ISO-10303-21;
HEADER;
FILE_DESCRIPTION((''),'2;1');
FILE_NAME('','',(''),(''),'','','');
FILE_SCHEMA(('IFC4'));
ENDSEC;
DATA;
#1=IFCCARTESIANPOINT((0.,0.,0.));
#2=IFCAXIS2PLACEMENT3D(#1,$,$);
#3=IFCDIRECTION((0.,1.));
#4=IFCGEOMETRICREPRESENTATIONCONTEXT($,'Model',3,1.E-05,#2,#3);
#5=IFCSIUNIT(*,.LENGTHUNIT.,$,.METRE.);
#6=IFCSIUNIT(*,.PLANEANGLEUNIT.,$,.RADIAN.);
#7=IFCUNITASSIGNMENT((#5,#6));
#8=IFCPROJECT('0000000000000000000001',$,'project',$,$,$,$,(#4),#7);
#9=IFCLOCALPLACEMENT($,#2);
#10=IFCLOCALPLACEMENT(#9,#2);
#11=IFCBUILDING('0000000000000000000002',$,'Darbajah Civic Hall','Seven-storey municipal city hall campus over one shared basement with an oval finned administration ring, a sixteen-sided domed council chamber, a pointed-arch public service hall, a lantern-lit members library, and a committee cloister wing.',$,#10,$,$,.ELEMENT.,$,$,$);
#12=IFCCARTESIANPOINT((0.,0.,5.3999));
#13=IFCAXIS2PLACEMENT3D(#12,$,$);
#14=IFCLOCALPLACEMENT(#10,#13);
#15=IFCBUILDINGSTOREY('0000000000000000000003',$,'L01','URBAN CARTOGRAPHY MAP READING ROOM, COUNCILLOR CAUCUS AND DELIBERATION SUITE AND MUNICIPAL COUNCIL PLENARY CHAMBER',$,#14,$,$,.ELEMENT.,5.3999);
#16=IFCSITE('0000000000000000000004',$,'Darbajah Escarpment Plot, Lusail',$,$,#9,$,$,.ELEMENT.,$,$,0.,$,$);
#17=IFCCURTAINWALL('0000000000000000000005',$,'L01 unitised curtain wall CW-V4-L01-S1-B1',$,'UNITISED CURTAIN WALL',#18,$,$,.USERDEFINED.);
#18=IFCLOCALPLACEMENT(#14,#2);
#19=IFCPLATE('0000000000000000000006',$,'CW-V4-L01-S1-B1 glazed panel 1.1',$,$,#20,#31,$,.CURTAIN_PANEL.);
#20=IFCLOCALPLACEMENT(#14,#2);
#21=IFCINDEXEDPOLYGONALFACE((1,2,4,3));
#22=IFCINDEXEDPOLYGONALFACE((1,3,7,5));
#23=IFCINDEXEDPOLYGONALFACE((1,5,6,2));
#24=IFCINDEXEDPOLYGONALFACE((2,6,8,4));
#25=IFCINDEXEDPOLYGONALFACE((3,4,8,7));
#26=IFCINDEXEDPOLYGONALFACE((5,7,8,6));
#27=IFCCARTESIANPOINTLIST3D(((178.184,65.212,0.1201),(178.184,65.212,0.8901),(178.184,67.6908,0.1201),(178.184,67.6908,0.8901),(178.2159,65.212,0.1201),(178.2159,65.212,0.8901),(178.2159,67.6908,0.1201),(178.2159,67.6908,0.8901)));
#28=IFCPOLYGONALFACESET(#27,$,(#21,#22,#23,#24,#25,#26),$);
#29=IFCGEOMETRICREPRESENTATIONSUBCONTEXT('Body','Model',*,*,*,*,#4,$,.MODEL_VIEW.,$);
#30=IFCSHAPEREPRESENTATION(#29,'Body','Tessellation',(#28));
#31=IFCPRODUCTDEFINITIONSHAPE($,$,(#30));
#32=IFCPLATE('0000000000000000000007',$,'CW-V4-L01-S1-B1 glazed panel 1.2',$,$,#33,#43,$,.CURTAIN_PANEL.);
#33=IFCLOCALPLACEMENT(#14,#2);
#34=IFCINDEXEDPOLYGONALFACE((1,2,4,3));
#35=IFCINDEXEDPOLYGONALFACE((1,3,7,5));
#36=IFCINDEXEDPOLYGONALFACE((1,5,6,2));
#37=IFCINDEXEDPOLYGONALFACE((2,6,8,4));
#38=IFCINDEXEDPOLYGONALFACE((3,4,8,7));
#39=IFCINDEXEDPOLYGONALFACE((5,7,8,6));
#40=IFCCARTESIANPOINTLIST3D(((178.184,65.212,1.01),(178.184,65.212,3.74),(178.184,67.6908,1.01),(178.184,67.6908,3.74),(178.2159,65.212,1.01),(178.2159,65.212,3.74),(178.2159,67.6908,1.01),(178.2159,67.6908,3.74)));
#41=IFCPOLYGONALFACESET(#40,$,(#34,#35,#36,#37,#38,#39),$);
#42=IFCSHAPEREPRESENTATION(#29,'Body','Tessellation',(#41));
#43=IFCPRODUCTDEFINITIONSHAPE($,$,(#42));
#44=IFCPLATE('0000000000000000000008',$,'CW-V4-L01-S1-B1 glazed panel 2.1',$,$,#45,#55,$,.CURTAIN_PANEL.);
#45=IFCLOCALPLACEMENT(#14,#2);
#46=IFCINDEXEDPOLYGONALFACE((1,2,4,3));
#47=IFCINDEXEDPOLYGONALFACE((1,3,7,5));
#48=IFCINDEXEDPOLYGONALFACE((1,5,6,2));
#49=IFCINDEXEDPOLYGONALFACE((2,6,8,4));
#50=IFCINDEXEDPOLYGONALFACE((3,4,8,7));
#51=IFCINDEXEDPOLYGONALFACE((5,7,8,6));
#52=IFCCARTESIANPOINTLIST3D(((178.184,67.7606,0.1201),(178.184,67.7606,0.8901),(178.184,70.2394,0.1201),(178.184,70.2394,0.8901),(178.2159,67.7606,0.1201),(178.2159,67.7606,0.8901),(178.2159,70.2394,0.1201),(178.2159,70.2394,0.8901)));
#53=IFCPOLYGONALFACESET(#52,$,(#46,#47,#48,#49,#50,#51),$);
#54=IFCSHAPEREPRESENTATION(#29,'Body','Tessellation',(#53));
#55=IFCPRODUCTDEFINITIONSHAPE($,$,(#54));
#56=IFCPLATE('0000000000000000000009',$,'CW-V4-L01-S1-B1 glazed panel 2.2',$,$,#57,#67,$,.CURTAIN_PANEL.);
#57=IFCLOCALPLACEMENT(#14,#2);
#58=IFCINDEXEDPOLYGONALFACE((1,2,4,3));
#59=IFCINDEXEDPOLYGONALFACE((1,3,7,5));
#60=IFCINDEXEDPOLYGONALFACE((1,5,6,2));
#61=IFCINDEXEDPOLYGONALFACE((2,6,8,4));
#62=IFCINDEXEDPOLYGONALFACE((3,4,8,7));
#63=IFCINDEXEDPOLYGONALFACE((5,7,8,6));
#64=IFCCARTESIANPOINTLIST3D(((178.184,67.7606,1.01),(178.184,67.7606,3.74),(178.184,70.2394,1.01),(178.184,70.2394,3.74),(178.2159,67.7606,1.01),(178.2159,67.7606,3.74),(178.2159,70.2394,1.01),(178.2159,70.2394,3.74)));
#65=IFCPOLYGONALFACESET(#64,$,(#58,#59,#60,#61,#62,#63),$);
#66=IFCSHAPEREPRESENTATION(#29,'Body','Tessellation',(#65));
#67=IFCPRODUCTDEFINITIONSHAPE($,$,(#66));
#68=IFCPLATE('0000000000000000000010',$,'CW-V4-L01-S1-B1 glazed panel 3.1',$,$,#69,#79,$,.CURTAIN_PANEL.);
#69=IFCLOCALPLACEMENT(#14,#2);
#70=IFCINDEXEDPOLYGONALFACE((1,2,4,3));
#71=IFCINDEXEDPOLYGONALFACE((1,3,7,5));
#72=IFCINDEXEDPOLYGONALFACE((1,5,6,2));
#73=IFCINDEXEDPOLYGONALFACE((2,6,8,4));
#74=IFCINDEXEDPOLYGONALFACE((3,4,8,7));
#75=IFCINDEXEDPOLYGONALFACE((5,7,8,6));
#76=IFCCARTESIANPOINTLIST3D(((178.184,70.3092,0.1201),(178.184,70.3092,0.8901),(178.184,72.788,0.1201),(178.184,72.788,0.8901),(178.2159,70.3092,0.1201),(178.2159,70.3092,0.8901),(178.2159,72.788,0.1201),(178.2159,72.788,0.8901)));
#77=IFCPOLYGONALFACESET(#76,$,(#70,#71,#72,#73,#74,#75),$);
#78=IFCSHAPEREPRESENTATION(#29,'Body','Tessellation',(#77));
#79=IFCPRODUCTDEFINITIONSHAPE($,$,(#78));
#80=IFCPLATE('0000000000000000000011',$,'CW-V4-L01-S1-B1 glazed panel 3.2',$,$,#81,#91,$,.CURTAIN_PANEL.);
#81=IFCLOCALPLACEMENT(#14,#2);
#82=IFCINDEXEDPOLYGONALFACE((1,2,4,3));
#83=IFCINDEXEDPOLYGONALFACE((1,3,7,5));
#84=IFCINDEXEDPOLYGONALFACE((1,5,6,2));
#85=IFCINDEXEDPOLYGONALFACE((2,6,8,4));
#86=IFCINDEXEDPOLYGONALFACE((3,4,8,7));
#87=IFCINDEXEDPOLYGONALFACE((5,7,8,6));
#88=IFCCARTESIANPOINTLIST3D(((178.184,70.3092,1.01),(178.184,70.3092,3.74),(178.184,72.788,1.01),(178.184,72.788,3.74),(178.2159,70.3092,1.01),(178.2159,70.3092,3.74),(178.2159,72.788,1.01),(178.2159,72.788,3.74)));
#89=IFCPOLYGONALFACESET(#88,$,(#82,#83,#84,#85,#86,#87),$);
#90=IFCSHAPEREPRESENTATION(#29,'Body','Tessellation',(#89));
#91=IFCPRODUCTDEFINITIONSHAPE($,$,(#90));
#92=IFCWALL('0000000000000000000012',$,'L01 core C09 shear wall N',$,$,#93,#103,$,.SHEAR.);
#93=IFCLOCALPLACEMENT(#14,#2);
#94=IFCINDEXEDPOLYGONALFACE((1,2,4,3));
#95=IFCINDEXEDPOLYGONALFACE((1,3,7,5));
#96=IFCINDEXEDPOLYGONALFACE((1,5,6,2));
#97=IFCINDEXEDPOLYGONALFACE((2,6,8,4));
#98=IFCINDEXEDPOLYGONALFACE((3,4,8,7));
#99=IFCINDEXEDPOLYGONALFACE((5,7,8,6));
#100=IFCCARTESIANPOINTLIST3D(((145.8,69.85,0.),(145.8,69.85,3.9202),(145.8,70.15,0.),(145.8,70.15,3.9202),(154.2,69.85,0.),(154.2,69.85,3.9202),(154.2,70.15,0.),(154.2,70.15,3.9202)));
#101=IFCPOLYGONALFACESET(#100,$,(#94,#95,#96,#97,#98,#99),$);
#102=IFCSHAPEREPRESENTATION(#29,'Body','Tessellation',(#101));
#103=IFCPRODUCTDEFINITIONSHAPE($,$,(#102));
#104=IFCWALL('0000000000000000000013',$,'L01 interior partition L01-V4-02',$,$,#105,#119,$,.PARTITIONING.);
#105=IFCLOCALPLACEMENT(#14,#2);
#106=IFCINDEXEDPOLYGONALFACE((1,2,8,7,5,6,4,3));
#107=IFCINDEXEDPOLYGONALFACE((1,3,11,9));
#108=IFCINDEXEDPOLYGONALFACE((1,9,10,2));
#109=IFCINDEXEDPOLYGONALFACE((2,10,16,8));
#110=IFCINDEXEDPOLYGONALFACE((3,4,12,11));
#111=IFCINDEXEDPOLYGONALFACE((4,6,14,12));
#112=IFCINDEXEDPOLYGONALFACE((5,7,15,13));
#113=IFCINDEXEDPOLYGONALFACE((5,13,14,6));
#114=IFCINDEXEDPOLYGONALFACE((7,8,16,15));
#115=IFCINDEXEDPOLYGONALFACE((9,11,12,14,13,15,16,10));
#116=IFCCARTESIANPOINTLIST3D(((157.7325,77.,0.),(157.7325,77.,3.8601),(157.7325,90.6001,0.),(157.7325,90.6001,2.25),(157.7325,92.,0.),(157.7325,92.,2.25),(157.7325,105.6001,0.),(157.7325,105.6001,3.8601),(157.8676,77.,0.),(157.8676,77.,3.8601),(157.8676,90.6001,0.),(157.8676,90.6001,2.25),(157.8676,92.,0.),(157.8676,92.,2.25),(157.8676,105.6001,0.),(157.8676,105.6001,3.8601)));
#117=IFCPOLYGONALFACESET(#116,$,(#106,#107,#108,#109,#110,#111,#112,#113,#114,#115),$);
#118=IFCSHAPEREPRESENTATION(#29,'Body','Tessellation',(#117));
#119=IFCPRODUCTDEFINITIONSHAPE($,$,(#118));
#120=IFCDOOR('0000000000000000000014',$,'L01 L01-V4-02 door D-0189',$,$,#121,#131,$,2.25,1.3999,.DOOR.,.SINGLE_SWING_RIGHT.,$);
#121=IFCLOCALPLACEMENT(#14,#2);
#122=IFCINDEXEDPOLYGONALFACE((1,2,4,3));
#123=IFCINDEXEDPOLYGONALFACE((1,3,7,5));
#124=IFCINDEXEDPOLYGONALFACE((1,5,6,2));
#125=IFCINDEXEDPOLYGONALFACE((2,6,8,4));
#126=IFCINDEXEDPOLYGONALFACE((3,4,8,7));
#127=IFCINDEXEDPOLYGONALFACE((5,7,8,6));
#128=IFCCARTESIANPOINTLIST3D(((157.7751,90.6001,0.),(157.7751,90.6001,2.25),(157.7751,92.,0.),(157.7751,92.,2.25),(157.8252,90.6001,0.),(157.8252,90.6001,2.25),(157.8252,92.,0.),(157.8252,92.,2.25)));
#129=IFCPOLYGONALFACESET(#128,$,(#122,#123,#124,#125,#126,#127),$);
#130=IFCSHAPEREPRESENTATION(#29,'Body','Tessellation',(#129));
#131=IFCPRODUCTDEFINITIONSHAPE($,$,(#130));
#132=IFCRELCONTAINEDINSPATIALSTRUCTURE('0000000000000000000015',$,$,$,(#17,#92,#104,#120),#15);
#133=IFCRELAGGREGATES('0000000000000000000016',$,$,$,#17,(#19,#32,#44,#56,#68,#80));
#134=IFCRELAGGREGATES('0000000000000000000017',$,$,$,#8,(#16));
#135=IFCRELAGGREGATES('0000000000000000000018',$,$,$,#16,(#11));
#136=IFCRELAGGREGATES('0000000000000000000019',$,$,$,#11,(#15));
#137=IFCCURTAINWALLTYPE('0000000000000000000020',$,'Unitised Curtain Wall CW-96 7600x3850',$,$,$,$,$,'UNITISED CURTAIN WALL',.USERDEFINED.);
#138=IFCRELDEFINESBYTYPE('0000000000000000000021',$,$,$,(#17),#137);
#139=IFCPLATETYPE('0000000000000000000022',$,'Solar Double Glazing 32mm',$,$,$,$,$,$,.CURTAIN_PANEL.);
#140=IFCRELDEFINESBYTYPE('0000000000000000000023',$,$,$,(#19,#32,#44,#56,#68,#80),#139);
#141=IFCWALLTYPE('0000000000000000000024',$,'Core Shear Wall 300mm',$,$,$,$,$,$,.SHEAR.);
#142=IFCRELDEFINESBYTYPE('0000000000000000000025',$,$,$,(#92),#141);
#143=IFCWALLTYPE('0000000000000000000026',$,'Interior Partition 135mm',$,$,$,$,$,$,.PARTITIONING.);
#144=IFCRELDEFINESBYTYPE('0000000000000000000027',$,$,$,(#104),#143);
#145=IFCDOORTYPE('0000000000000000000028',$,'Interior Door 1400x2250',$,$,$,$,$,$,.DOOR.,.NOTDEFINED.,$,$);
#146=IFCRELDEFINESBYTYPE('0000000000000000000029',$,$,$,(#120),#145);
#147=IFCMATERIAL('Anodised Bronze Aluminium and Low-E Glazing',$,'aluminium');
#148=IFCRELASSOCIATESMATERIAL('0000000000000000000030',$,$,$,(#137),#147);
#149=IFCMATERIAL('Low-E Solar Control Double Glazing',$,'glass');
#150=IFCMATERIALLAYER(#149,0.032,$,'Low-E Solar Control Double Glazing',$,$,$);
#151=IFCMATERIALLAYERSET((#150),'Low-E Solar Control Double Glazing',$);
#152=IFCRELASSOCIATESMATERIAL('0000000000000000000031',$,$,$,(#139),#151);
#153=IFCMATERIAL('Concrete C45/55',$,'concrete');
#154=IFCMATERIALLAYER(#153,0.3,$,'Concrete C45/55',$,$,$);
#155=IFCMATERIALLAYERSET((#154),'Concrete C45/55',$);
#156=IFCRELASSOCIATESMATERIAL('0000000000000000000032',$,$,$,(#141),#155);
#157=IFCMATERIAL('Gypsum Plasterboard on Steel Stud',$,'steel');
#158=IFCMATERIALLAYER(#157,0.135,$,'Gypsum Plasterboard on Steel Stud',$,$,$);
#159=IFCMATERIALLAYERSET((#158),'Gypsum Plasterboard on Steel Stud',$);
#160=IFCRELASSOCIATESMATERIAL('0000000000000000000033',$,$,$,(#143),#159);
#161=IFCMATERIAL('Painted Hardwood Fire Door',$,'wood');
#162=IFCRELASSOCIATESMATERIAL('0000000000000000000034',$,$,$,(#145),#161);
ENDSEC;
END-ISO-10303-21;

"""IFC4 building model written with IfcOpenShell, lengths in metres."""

from ifc_helpers import new_model, si_unit, direction, frame, frame_2d, origin, origin_2d, place, context, subcontext, project, spatial, rectangle, extrude, material, layer, layer_set, type_object, element, fill, aggregate, save


model = new_model("IFC4")

# Units and contexts
model_context = context("Model", 3, precision=1e-05, world=origin(), true_north=direction((0.0, 1.0)))
body_context = subcontext(model_context, "Body", "Model", "MODEL_VIEW")
ifc_project = project(units=[si_unit("LENGTHUNIT", "METRE"), si_unit("PLANEANGLEUNIT", "RADIAN")], contexts=[model_context])

# Site, building, storey
site_placement = place(None, origin())
site = spatial("IfcSite", under=ifc_project, at=site_placement, Name="Darbajah Escarpment Plot, Lusail", CompositionType="ELEMENT", RefElevation=0.0)
building_placement = place(site_placement, origin())
building = spatial("IfcBuilding", under=site, at=building_placement, Name="Darbajah Civic Hall", Description="Seven-storey municipal city hall campus over one shared basement with an oval finned administration ring, a sixteen-sided domed council chamber, a pointed-arch public service hall, a lantern-lit members library, and a committee cloister wing.", CompositionType="ELEMENT")
storey_placement = place(building_placement, frame((0.0, 0.0, 5.3999)))
storey = spatial("IfcBuildingStorey", under=building, at=storey_placement, Name="L01", Description="URBAN CARTOGRAPHY MAP READING ROOM, COUNCILLOR CAUCUS AND DELIBERATION SUITE AND MUNICIPAL COUNCIL PLENARY CHAMBER", CompositionType="ELEMENT", Elevation=5.3999)

# Curtain wall
ifc_material_1 = material(Name="Anodised Bronze Aluminium and Low-E Glazing", Category="aluminium")
curtain_wall_type = type_object("IfcCurtainWallType", Name="Unitised Curtain Wall CW-96 7600x3850", ElementType="UNITISED CURTAIN WALL", PredefinedType="USERDEFINED", material=ifc_material_1)
curtain_wall_placement = place(storey_placement, origin())
curtain_wall = element("IfcCurtainWall", 1, at=curtain_wall_placement, inside=storey, type_object=curtain_wall_type, Name="L01 unitised curtain wall CW-V4-L01-S1-B1", ObjectType="UNITISED CURTAIN WALL", PredefinedType="USERDEFINED")

# Shared definitions
ifc_material_2 = material(Name="Concrete C45/55", Category="concrete")

# Plates
ifc_material_3 = material(Name="Low-E Solar Control Double Glazing", Category="glass")
ifc_layer_1 = layer(ifc_material_3, 0.032, Name="Low-E Solar Control Double Glazing")
ifc_layer_set_1 = layer_set([ifc_layer_1], Name="Low-E Solar Control Double Glazing")
plate_type = type_object("IfcPlateType", Name="Solar Double Glazing 32mm", PredefinedType="CURTAIN_PANEL", material=ifc_layer_set_1)
plate_1_placement = place(storey_placement, frame((178.2, 66.4514, 0.1201), z_axis=(0.0, 0.0, 1.0), x_axis=(0.0, 1.0, 0.0)))
plate_1 = element("IfcPlate", 2, at=plate_1_placement, type_object=plate_type, Name="CW-V4-L01-S1-B1 glazed panel 1.1", PredefinedType="CURTAIN_PANEL", context=body_context, shape_type="SweptSolid", body=[
    extrude(rectangle(XDim=2.4788, YDim=0.032, at=origin_2d()), origin(), (0.0, 0.0, 1.0), 0.77),
])
plate_2_placement = place(storey_placement, frame((178.2, 66.4514, 1.01), z_axis=(0.0, 0.0, 1.0), x_axis=(0.0, 1.0, 0.0)))
plate_2 = element("IfcPlate", 3, at=plate_2_placement, type_object=plate_type, Name="CW-V4-L01-S1-B1 glazed panel 1.2", PredefinedType="CURTAIN_PANEL", context=body_context, shape_type="SweptSolid", body=[
    extrude(rectangle(XDim=2.4788, YDim=0.032, at=origin_2d()), origin(), (0.0, 0.0, 1.0), 2.73),
])
plate_3_placement = place(storey_placement, frame((178.2, 69.0, 0.1201), z_axis=(0.0, 0.0, 1.0), x_axis=(0.0, 1.0, 0.0)))
plate_3 = element("IfcPlate", 4, at=plate_3_placement, type_object=plate_type, Name="CW-V4-L01-S1-B1 glazed panel 2.1", PredefinedType="CURTAIN_PANEL", context=body_context, shape_type="SweptSolid", body=[
    extrude(rectangle(XDim=2.4788, YDim=0.032, at=origin_2d()), origin(), (0.0, 0.0, 1.0), 0.77),
])
plate_4_placement = place(storey_placement, frame((178.2, 69.0, 1.01), z_axis=(0.0, 0.0, 1.0), x_axis=(0.0, 1.0, 0.0)))
plate_4 = element("IfcPlate", 5, at=plate_4_placement, type_object=plate_type, Name="CW-V4-L01-S1-B1 glazed panel 2.2", PredefinedType="CURTAIN_PANEL", context=body_context, shape_type="SweptSolid", body=[
    extrude(rectangle(XDim=2.4788, YDim=0.032, at=origin_2d()), origin(), (0.0, 0.0, 1.0), 2.73),
])
plate_5_placement = place(storey_placement, frame((178.2, 71.5486, 0.1201), z_axis=(0.0, 0.0, 1.0), x_axis=(0.0, 1.0, 0.0)))
plate_5 = element("IfcPlate", 6, at=plate_5_placement, type_object=plate_type, Name="CW-V4-L01-S1-B1 glazed panel 3.1", PredefinedType="CURTAIN_PANEL", context=body_context, shape_type="SweptSolid", body=[
    extrude(rectangle(XDim=2.4788, YDim=0.032, at=origin_2d()), origin(), (0.0, 0.0, 1.0), 0.77),
])
plate_6_placement = place(storey_placement, frame((178.2, 71.5486, 1.01), z_axis=(0.0, 0.0, 1.0), x_axis=(0.0, 1.0, 0.0)))
plate_6 = element("IfcPlate", 7, at=plate_6_placement, type_object=plate_type, Name="CW-V4-L01-S1-B1 glazed panel 3.2", PredefinedType="CURTAIN_PANEL", context=body_context, shape_type="SweptSolid", body=[
    extrude(rectangle(XDim=2.4788, YDim=0.032, at=origin_2d()), origin(), (0.0, 0.0, 1.0), 2.73),
])
aggregate(curtain_wall, [plate_1, plate_2, plate_3, plate_4, plate_5, plate_6])

# Wall
ifc_layer_2 = layer(ifc_material_2, 0.3, Name="Concrete C45/55")
ifc_layer_set_2 = layer_set([ifc_layer_2], Name="Concrete C45/55")
wall_type_1 = type_object("IfcWallType", Name="Core Shear Wall 300mm", PredefinedType="SHEAR", material=ifc_layer_set_2)
wall_1_placement = place(storey_placement, frame((154.2, 70.0, 0.0), z_axis=(0.0, 0.0, 1.0), x_axis=(-1.0, 0.0, 0.0)))
element("IfcWall", 8, at=wall_1_placement, inside=storey, type_object=wall_type_1, Name="L01 core C09 shear wall N", PredefinedType="SHEAR", context=body_context, shape_type="SweptSolid", body=[
    extrude(rectangle(XDim=8.3999, YDim=0.3, at=frame_2d((4.2, 0.0))), origin(), (0.0, 0.0, 1.0), 3.9202),
])

# Wall, opening, door
ifc_material_4 = material(Name="Gypsum Plasterboard on Steel Stud", Category="steel")
ifc_layer_3 = layer(ifc_material_4, 0.135, Name="Gypsum Plasterboard on Steel Stud")
ifc_layer_set_3 = layer_set([ifc_layer_3], Name="Gypsum Plasterboard on Steel Stud")
wall_type_2 = type_object("IfcWallType", Name="Interior Partition 135mm", PredefinedType="PARTITIONING", material=ifc_layer_set_3)
wall_2_placement = place(storey_placement, frame((157.8, 77.0, 0.0), z_axis=(0.0, 0.0, 1.0), x_axis=(0.0, 1.0, 0.0)))
wall_2 = element("IfcWall", 9, at=wall_2_placement, inside=storey, type_object=wall_type_2, Name="L01 interior partition L01-V4-02", PredefinedType="PARTITIONING", context=body_context, shape_type="SweptSolid", body=[
    extrude(rectangle(XDim=28.6001, YDim=0.135, at=frame_2d((14.3, 0.0))), origin(), (0.0, 0.0, 1.0), 3.8601),
])
opening_placement = place(wall_2_placement, frame((13.6001, 0.0, 0.0)))
opening = element("IfcOpeningElement", 10, at=opening_placement, cuts=wall_2, PredefinedType="OPENING", context=body_context, shape_type="SweptSolid", body=[
    extrude(rectangle(XDim=1.3999, YDim=2.25, at=frame_2d((0.7, 1.125))), frame((0.0, 0.0774, 0.0), z_axis=(0.0, -1.0, 0.0), x_axis=(1.0, 0.0, 0.0)), (0.0, 0.0, 1.0), 0.155),
])
ifc_material_5 = material(Name="Painted Hardwood Fire Door", Category="wood")
door_type = type_object("IfcDoorType", Name="Interior Door 1400x2250", OperationType="NOTDEFINED", PredefinedType="DOOR", material=ifc_material_5)
door_placement = place(opening_placement, origin())
door = element("IfcDoor", 11, at=door_placement, inside=storey, type_object=door_type, Name="L01 L01-V4-02 door D-0189", OperationType="SINGLE_SWING_RIGHT", OverallHeight=2.25, OverallWidth=1.3999, PredefinedType="DOOR", context=body_context, shape_type="SweptSolid", body=[
    extrude(rectangle(XDim=1.3999, YDim=2.25, at=frame_2d((0.7, 1.125))), frame((0.0, 0.0249, 0.0), z_axis=(0.0, -1.0, 0.0), x_axis=(1.0, 0.0, 0.0)), (0.0, 0.0, 1.0), 0.05),
])
fill(opening, door)

save(model, "model.ifc")
